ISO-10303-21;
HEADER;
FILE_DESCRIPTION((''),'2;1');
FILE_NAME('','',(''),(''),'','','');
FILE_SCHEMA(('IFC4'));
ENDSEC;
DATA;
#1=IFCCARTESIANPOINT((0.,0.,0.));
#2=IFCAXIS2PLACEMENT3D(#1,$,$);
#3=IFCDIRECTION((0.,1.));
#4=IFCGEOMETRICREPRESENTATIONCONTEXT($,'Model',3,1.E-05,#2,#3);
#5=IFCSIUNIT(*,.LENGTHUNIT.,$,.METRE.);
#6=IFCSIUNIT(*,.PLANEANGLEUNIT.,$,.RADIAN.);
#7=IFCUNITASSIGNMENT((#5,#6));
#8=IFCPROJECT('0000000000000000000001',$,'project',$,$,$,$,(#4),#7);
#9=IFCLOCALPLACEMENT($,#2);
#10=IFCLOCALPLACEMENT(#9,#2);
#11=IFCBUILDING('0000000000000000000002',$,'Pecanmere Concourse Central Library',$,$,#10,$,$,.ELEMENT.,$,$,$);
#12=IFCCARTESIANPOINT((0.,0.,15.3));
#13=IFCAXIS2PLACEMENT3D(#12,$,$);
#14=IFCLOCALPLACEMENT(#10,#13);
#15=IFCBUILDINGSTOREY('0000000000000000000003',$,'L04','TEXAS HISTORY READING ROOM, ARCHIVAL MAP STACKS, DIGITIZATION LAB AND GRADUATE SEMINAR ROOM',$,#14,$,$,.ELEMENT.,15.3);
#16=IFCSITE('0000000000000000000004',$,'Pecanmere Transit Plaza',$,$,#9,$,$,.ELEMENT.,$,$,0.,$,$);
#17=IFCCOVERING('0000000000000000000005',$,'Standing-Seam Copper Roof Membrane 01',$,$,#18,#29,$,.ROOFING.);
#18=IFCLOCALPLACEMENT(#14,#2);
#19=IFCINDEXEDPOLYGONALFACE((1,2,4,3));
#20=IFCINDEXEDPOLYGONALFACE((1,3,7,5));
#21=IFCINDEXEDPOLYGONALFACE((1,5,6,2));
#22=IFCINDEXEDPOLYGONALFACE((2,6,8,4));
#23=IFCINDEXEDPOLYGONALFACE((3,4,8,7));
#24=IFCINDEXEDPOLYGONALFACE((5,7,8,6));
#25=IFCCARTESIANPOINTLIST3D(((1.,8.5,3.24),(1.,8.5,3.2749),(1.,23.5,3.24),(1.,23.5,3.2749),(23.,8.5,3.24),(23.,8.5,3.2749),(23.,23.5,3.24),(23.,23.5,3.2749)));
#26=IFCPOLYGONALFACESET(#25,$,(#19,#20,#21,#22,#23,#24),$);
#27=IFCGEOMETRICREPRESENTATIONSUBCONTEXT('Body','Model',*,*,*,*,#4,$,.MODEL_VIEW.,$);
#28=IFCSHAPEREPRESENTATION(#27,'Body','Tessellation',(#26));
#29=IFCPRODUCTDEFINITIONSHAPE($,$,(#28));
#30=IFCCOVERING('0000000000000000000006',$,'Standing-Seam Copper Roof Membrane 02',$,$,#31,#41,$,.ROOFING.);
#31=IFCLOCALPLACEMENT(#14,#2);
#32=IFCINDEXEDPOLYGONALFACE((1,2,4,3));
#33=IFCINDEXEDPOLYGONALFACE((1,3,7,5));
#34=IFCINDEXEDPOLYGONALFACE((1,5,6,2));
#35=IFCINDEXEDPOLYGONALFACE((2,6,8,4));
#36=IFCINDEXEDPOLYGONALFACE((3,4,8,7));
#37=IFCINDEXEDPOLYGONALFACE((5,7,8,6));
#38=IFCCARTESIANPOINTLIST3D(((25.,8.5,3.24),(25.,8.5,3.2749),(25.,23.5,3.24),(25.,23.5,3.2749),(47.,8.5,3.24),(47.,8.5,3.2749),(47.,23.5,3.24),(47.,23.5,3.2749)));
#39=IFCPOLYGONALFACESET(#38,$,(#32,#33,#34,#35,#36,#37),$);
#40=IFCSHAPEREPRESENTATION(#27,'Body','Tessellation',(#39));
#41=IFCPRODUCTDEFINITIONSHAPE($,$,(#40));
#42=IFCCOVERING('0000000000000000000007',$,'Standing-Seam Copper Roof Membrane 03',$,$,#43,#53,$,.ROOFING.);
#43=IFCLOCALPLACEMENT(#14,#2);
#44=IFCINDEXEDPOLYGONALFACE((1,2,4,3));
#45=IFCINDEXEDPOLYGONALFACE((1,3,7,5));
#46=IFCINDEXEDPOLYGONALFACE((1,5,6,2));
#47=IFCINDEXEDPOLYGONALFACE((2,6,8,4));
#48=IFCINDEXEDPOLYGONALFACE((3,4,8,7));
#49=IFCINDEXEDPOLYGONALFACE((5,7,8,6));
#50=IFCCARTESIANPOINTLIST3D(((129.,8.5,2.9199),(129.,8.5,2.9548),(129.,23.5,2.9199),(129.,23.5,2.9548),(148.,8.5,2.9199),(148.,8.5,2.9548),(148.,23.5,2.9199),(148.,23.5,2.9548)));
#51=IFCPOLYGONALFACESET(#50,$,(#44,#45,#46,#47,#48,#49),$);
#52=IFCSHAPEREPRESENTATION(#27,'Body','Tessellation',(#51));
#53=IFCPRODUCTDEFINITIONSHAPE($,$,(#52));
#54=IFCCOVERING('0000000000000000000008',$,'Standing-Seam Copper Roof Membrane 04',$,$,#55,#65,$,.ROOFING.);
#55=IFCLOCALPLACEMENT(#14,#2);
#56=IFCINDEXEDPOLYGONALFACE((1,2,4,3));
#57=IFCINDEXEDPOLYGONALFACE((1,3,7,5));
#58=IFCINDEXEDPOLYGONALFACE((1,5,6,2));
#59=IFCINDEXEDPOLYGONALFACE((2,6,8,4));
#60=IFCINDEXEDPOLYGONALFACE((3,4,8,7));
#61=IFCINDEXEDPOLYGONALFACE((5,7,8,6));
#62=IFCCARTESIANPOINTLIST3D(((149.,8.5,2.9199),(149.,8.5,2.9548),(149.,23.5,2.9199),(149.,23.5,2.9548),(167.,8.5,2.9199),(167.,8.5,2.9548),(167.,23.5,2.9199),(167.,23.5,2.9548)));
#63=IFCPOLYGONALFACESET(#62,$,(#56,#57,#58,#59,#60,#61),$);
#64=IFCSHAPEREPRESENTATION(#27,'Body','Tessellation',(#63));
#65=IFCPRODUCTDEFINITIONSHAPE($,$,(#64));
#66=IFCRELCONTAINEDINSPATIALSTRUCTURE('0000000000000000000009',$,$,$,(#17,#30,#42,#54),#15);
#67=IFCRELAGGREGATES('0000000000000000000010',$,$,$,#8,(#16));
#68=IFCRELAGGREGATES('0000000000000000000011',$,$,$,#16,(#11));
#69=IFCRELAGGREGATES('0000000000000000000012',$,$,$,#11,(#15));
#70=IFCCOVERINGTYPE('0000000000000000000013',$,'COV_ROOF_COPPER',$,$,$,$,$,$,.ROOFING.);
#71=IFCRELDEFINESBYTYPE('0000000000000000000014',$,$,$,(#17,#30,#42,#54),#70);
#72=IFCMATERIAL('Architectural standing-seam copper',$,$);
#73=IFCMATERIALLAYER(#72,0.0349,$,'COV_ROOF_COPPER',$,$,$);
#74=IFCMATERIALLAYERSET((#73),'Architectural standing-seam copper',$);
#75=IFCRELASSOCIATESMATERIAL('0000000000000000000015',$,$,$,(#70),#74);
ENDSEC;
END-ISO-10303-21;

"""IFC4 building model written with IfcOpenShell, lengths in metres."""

from ifc_helpers import new_model, si_unit, direction, frame, origin, place, context, subcontext, project, spatial, polyline, outline, extrude, material, layer, layer_set, type_object, element, save


model = new_model("IFC4")

# Units and contexts
model_context = context("Model", 3, precision=1e-05, world=origin(), true_north=direction((0.0, 1.0)))
body_context = subcontext(model_context, "Body", "Model", "MODEL_VIEW")
ifc_project = project(units=[si_unit("LENGTHUNIT", "METRE"), si_unit("PLANEANGLEUNIT", "RADIAN")], contexts=[model_context])

# Site, building, storey
site_placement = place(None, origin())
site = spatial("IfcSite", under=ifc_project, at=site_placement, Name="Pecanmere Transit Plaza", CompositionType="ELEMENT", RefElevation=0.0)
building_placement = place(site_placement, origin())
building = spatial("IfcBuilding", under=site, at=building_placement, Name="Pecanmere Concourse Central Library", CompositionType="ELEMENT")
storey_placement = place(building_placement, frame((0.0, 0.0, 15.3)))
storey = spatial("IfcBuildingStorey", under=building, at=storey_placement, Name="L04", Description="TEXAS HISTORY READING ROOM, ARCHIVAL MAP STACKS, DIGITIZATION LAB AND GRADUATE SEMINAR ROOM", CompositionType="ELEMENT", Elevation=15.3)

# Coverings
ifc_material_1 = material(Name="Architectural standing-seam copper")
ifc_layer_1 = layer(ifc_material_1, 0.0349, Name="COV_ROOF_COPPER")
ifc_layer_set_1 = layer_set([ifc_layer_1], Name="Architectural standing-seam copper")
covering_type = type_object("IfcCoveringType", Name="COV_ROOF_COPPER", PredefinedType="ROOFING", material=ifc_layer_set_1)
covering_1_placement = place(storey_placement, frame((0.0, 0.0, 3.24)))
element("IfcCovering", 1, at=covering_1_placement, inside=storey, type_object=covering_type, Name="Standing-Seam Copper Roof Membrane 01", PredefinedType="ROOFING", context=body_context, shape_type="SweptSolid", body=[
    extrude(outline(polyline([(1.0, 8.5), (23.0, 8.5), (23.0, 23.5), (1.0, 23.5), (1.0, 8.5)])), origin(), (0.0, 0.0, 1.0), 0.0349),
])
covering_2_placement = place(storey_placement, frame((0.0, 0.0, 3.24)))
element("IfcCovering", 2, at=covering_2_placement, inside=storey, type_object=covering_type, Name="Standing-Seam Copper Roof Membrane 02", PredefinedType="ROOFING", context=body_context, shape_type="SweptSolid", body=[
    extrude(outline(polyline([(25.0, 8.5), (47.0, 8.5), (47.0, 23.5), (25.0, 23.5), (25.0, 8.5)])), origin(), (0.0, 0.0, 1.0), 0.0349),
])
covering_3_placement = place(storey_placement, frame((0.0, 0.0, 2.9199)))
element("IfcCovering", 3, at=covering_3_placement, inside=storey, type_object=covering_type, Name="Standing-Seam Copper Roof Membrane 03", PredefinedType="ROOFING", context=body_context, shape_type="SweptSolid", body=[
    extrude(outline(polyline([(129.0, 8.5), (148.0, 8.5), (148.0, 23.5), (129.0, 23.5), (129.0, 8.5)])), origin(), (0.0, 0.0, 1.0), 0.0349),
])
covering_4_placement = place(storey_placement, frame((0.0, 0.0, 2.9199)))
element("IfcCovering", 4, at=covering_4_placement, inside=storey, type_object=covering_type, Name="Standing-Seam Copper Roof Membrane 04", PredefinedType="ROOFING", context=body_context, shape_type="SweptSolid", body=[
    extrude(outline(polyline([(149.0, 8.5), (167.0, 8.5), (167.0, 23.5), (149.0, 23.5), (149.0, 8.5)])), origin(), (0.0, 0.0, 1.0), 0.0349),
])

save(model, "model.ifc")
